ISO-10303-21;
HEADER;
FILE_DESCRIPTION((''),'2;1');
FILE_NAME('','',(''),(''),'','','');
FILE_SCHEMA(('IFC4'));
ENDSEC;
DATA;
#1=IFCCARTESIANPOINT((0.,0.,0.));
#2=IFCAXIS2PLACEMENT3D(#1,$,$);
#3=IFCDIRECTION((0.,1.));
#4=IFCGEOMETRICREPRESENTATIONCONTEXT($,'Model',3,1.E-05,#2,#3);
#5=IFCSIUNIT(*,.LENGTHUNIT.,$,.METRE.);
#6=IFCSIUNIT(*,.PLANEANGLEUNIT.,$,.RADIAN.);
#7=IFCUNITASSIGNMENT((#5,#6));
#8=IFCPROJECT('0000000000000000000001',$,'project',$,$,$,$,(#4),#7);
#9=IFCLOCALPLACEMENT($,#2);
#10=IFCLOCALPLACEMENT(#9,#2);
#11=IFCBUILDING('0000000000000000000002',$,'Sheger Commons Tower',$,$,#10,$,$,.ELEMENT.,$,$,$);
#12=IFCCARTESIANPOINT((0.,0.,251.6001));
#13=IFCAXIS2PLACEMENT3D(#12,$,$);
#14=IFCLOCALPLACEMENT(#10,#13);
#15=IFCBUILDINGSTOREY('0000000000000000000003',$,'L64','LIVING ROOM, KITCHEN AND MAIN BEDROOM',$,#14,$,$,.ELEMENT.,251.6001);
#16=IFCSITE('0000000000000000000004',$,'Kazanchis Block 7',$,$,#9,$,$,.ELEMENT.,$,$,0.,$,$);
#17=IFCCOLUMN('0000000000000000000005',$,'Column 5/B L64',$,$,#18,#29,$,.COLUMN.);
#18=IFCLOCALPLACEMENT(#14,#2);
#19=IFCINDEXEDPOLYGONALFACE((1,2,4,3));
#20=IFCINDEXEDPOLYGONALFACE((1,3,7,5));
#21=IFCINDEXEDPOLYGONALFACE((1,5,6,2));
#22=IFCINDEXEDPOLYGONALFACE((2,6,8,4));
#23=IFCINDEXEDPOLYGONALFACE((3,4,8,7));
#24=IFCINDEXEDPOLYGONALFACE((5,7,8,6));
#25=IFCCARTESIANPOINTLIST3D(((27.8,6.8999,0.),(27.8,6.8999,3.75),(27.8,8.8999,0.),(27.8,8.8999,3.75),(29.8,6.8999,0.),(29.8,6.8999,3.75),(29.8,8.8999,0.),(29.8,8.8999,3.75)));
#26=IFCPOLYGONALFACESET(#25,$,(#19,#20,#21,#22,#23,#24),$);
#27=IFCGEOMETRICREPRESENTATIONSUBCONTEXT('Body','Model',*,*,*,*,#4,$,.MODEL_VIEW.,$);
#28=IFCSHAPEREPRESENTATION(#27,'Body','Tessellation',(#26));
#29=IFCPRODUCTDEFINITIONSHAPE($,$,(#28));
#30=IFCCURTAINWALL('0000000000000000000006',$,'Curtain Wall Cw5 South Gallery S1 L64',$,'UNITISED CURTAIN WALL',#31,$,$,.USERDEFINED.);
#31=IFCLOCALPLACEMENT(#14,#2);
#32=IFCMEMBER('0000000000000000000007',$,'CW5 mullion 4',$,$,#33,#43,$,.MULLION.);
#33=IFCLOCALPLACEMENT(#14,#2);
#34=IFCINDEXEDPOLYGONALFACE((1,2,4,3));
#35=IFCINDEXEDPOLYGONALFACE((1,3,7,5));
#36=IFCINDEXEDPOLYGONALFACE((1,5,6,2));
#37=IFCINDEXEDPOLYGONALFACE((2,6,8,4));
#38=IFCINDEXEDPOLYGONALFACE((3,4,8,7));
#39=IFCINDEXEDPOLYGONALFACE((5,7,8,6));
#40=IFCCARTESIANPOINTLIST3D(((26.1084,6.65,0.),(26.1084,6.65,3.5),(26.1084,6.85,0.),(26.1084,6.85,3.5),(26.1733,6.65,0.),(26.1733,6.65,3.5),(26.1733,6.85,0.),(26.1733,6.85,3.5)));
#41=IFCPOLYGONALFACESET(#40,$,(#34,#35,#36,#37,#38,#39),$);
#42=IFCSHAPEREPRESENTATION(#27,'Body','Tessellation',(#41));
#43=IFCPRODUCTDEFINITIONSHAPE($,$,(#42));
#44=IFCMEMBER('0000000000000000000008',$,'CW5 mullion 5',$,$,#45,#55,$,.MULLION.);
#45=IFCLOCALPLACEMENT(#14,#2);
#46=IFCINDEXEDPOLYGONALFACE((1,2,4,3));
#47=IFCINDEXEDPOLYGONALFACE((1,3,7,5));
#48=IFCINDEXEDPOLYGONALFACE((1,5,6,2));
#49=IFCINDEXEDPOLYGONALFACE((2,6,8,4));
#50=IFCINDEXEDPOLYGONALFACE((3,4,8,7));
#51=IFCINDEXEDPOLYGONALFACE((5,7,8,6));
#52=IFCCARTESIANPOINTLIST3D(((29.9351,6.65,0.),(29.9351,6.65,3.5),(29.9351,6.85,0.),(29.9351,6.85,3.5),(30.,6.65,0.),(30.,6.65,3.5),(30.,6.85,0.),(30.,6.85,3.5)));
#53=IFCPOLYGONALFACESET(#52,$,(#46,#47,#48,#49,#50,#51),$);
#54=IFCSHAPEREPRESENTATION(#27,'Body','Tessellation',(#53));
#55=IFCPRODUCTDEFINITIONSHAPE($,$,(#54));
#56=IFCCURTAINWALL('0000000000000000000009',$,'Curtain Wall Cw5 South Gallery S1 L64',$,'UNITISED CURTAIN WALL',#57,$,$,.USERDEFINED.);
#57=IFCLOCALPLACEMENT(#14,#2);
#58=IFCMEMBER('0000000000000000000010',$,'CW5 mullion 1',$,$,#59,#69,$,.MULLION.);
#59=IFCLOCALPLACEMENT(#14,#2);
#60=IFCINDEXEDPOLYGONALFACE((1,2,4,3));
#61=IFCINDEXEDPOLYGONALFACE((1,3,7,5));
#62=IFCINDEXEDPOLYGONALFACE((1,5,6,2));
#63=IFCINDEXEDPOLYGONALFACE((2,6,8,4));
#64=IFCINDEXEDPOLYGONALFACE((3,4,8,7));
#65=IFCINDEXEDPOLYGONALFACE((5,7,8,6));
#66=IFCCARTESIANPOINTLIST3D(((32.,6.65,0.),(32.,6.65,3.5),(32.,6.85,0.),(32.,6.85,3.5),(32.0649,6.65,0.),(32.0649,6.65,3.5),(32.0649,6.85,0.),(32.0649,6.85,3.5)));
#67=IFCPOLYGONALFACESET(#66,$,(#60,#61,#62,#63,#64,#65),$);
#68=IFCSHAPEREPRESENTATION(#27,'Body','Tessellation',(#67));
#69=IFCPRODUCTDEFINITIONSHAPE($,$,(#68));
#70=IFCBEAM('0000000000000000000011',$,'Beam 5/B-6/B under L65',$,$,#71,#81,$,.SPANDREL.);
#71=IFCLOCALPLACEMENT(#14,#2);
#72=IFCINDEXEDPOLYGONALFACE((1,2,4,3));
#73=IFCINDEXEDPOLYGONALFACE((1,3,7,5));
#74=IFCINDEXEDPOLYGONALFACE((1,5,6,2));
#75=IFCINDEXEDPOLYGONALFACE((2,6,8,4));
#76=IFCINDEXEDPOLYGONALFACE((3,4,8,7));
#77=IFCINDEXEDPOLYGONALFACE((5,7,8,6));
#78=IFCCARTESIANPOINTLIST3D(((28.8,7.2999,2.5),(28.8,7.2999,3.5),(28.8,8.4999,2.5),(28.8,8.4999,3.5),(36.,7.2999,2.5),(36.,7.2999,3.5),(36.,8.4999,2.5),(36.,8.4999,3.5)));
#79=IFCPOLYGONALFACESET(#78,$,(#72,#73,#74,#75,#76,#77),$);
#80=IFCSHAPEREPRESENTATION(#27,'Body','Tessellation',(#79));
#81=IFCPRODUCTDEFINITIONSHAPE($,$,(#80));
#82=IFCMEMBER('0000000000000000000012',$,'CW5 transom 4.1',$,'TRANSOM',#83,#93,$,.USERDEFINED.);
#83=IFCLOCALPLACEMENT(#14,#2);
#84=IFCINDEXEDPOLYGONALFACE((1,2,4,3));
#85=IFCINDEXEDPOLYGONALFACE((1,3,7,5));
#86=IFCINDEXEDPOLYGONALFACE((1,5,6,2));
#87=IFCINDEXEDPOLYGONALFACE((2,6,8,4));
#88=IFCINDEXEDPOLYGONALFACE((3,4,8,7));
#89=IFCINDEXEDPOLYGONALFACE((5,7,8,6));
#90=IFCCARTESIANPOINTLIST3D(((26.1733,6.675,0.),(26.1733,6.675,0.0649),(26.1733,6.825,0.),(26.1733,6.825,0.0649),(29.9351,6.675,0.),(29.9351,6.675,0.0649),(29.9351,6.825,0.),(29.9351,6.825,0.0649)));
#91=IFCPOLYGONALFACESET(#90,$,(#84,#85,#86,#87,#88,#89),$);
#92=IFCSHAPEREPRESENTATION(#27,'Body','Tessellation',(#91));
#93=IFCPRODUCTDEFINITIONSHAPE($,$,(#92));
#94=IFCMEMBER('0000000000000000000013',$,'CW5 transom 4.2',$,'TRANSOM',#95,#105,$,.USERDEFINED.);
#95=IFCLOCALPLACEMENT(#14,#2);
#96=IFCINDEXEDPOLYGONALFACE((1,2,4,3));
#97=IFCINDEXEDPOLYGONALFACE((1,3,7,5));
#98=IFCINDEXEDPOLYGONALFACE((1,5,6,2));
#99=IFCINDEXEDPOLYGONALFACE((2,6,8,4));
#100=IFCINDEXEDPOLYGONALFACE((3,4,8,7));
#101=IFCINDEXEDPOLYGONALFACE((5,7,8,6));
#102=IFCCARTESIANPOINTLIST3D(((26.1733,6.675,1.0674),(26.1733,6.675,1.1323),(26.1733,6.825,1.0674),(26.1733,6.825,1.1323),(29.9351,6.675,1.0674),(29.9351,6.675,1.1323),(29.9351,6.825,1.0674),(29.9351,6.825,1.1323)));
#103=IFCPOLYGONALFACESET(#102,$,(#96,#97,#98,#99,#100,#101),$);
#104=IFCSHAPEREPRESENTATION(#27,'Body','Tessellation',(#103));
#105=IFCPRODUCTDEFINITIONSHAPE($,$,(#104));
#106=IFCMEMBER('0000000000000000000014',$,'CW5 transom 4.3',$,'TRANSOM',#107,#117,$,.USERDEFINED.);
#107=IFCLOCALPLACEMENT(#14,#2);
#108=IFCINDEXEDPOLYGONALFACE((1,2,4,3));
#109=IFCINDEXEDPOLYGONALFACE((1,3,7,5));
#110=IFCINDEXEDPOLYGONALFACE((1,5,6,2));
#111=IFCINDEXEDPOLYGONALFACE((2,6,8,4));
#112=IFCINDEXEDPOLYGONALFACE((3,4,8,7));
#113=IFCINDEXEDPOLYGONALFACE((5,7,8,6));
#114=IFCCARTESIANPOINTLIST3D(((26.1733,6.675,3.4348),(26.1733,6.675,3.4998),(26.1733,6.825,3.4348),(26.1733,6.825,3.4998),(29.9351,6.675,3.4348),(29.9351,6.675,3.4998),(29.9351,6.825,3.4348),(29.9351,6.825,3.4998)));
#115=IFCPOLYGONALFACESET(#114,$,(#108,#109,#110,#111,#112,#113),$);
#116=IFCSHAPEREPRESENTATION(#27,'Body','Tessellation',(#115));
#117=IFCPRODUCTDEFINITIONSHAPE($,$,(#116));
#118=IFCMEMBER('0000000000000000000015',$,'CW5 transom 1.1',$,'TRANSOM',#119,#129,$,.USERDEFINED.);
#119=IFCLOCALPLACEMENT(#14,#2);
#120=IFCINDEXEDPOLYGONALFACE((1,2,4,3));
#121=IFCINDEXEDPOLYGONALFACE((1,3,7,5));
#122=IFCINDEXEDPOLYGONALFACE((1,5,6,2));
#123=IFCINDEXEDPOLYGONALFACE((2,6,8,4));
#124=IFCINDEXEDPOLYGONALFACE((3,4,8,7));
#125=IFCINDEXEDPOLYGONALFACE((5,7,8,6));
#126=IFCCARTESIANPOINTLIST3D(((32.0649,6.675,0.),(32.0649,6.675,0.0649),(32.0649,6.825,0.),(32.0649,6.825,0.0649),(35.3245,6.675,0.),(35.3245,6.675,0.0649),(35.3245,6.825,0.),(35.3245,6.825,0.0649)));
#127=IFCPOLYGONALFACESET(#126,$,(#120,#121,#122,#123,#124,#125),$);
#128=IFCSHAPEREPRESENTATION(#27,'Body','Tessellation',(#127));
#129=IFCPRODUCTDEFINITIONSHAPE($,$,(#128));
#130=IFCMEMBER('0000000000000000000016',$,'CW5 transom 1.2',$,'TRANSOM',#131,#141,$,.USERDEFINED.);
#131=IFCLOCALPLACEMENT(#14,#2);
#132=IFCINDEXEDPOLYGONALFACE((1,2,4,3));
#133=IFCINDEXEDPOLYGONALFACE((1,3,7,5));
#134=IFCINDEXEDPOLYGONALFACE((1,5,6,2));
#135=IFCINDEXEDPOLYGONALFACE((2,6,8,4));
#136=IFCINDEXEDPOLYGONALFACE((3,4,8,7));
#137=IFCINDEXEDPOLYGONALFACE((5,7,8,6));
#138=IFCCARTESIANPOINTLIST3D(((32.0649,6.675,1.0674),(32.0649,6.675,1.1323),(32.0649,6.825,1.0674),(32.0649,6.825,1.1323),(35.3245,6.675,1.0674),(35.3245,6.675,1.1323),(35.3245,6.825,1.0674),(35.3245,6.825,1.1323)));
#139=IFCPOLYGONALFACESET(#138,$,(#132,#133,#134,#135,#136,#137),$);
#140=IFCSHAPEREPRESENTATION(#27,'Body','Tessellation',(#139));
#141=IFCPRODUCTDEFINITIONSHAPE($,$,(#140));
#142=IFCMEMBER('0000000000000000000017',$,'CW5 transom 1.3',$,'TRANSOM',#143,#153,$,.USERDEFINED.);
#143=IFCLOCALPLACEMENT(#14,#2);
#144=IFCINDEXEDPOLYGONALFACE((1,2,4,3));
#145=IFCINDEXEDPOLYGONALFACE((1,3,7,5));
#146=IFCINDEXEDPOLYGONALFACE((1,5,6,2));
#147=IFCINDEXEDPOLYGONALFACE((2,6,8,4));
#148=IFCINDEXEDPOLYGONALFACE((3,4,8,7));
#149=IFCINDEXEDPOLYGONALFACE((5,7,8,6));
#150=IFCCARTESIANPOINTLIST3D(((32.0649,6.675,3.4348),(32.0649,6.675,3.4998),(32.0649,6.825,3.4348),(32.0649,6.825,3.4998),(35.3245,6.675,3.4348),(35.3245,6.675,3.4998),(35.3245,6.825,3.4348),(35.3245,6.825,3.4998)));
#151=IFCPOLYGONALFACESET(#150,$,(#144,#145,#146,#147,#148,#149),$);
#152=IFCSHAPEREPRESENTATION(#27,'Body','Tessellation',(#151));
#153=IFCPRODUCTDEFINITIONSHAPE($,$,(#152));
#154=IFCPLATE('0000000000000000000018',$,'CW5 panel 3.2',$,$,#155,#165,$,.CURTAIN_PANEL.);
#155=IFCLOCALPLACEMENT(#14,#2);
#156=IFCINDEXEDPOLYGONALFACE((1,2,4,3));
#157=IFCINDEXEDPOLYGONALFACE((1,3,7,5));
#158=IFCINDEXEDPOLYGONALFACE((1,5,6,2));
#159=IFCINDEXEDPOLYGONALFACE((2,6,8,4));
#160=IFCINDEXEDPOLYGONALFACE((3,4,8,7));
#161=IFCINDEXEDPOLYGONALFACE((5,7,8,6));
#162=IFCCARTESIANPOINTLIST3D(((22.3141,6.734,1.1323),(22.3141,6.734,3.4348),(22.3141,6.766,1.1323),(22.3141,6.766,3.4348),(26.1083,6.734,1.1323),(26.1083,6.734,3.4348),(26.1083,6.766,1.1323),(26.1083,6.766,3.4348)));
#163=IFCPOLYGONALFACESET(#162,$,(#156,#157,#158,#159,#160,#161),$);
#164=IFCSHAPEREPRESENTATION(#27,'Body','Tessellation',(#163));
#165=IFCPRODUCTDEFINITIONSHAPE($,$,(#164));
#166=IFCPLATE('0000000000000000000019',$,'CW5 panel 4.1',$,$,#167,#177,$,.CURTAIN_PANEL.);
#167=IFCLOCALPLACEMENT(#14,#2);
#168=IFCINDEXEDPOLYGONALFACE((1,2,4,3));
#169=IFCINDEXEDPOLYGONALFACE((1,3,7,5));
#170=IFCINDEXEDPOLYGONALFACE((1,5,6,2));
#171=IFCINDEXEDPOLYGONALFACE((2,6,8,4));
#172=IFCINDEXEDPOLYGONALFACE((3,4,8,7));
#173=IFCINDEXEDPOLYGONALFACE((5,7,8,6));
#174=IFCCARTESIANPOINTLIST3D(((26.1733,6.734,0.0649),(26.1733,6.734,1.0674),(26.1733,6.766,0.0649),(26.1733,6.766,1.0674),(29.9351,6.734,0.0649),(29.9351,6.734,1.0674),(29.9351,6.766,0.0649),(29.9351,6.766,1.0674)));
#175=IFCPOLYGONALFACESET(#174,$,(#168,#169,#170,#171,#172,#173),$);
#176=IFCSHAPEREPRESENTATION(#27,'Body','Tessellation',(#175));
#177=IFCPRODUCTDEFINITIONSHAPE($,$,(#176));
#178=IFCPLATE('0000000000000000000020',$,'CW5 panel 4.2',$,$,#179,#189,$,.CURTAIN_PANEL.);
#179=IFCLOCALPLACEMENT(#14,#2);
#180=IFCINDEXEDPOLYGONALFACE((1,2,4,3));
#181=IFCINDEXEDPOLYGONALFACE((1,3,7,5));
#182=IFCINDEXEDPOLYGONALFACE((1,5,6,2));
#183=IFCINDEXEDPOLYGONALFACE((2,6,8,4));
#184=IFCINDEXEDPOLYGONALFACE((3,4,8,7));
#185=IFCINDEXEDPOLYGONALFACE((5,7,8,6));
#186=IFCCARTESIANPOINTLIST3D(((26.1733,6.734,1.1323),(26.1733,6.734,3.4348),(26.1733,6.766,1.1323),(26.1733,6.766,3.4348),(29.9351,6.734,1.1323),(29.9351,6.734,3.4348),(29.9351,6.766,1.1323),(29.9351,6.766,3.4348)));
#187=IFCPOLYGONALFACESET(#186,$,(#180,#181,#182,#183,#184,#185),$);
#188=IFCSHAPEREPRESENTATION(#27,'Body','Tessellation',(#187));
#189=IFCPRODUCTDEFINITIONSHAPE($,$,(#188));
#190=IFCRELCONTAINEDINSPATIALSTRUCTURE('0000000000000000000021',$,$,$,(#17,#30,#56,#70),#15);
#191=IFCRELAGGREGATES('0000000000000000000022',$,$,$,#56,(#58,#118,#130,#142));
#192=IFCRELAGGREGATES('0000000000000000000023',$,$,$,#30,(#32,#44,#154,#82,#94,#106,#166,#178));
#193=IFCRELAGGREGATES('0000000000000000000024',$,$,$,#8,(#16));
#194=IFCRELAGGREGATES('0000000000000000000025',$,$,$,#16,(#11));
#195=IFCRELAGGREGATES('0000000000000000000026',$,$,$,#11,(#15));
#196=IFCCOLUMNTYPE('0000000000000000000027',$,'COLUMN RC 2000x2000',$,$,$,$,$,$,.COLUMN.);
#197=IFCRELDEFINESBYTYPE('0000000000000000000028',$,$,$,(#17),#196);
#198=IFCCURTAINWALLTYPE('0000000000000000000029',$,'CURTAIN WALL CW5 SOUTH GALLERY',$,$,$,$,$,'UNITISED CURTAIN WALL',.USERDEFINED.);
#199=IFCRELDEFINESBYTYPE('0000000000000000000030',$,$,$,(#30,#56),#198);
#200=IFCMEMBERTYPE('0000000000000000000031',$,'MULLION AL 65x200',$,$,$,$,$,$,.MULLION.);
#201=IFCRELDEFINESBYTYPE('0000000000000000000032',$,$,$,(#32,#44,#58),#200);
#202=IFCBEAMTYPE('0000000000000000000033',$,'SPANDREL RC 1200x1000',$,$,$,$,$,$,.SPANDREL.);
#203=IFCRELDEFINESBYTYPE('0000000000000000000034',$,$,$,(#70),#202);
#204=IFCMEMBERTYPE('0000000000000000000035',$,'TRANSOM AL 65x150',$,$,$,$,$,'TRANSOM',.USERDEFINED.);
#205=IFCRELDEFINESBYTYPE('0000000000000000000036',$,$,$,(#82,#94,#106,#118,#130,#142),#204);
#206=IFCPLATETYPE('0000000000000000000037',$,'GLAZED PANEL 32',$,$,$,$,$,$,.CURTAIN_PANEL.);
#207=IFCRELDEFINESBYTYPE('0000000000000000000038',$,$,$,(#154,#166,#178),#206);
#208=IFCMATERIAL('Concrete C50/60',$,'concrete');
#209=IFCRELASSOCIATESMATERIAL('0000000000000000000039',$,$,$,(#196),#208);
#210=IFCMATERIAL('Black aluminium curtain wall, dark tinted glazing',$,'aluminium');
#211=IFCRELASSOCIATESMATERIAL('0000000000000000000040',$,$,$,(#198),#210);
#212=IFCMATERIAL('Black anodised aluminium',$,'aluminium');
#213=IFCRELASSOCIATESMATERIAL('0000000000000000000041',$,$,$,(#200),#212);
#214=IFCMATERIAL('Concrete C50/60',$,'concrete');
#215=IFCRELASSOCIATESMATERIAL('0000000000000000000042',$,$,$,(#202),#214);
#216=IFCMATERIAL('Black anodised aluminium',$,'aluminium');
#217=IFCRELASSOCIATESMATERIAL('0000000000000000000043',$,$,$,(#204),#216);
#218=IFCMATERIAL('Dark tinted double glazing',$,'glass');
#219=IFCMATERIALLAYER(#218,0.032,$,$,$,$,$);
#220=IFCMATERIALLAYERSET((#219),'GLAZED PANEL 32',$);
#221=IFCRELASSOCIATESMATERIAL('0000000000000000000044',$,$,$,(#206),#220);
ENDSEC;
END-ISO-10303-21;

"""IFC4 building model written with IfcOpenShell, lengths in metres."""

from ifc_helpers import new_model, si_unit, direction, frame, origin, origin_2d, place, context, subcontext, project, spatial, rectangle, extrude, material, layer, layer_set, material_profile, profile_set, type_object, element, aggregate, save


model = new_model("IFC4")

# Units and contexts
model_context = context("Model", 3, precision=1e-05, world=origin(), true_north=direction((0.0, 1.0)))
body_context = subcontext(model_context, "Body", "Model", "MODEL_VIEW")
ifc_project = project(units=[si_unit("LENGTHUNIT", "METRE"), si_unit("PLANEANGLEUNIT", "RADIAN")], contexts=[model_context])

# Site, building, storey
site_placement = place(None, origin())
site = spatial("IfcSite", under=ifc_project, at=site_placement, Name="Kazanchis Block 7", CompositionType="ELEMENT", RefElevation=0.0)
building_placement = place(site_placement, origin())
building = spatial("IfcBuilding", under=site, at=building_placement, Name="Sheger Commons Tower", CompositionType="ELEMENT")
storey_placement = place(building_placement, frame((0.0, 0.0, 251.6001)))
storey = spatial("IfcBuildingStorey", under=building, at=storey_placement, Name="L64", Description="LIVING ROOM, KITCHEN AND MAIN BEDROOM", CompositionType="ELEMENT", Elevation=251.6001)

# Column
ifc_material_1 = material(Name="Concrete C50/60", Category="concrete")
ifc_material_profile_1 = material_profile(ifc_material_1, rectangle(XDim=2.0, YDim=2.0, at=origin_2d()), Name="RC 2000x2000")
ifc_profile_set_1 = profile_set([ifc_material_profile_1], Name="Concrete C50/60")
column_type = type_object("IfcColumnType", Name="COLUMN RC 2000x2000", PredefinedType="COLUMN", material=ifc_profile_set_1)
column_placement = place(storey_placement, frame((28.8, 7.8999, 0.0), z_axis=(0.0, 0.0, 1.0), x_axis=(1.0, 0.0, 0.0)))
element("IfcColumn", 1, at=column_placement, inside=storey, type_object=column_type, Name="Column 5/B L64", PredefinedType="COLUMN", context=body_context, shape_type="SweptSolid", body=[
    extrude(rectangle(XDim=2.0, YDim=2.0, at=origin_2d()), origin(), (0.0, 0.0, 1.0), 3.75),
])

# Curtain wall, members
ifc_material_2 = material(Name="Black aluminium curtain wall, dark tinted glazing", Category="aluminium")
curtain_wall_type = type_object("IfcCurtainWallType", Name="CURTAIN WALL CW5 SOUTH GALLERY", ElementType="UNITISED CURTAIN WALL", PredefinedType="USERDEFINED", material=ifc_material_2)
curtain_wall_1_placement = place(storey_placement, origin())
curtain_wall_1 = element("IfcCurtainWall", 2, at=curtain_wall_1_placement, inside=storey, type_object=curtain_wall_type, Name="Curtain Wall Cw5 South Gallery S1 L64", ObjectType="UNITISED CURTAIN WALL", PredefinedType="USERDEFINED")
ifc_material_3 = material(Name="Black anodised aluminium", Category="aluminium")
ifc_material_profile_2 = material_profile(ifc_material_3, rectangle(XDim=0.2, YDim=0.0649, at=origin_2d()), Name="AL 65x200")
ifc_profile_set_2 = profile_set([ifc_material_profile_2], Name="Black anodised aluminium")
member_type_1 = type_object("IfcMemberType", Name="MULLION AL 65x200", PredefinedType="MULLION", material=ifc_profile_set_2)
member_1_placement = place(storey_placement, frame((26.1409, 6.75, 0.0), z_axis=(0.0, 0.0, 1.0), x_axis=(0.0, 1.0, 0.0)))
member_1 = element("IfcMember", 3, at=member_1_placement, type_object=member_type_1, Name="CW5 mullion 4", PredefinedType="MULLION", context=body_context, shape_type="SweptSolid", body=[
    extrude(rectangle(XDim=0.2, YDim=0.0649, at=origin_2d()), origin(), (0.0, 0.0, 1.0), 3.5),
])
member_2_placement = place(storey_placement, frame((29.9675, 6.75, 0.0), z_axis=(0.0, 0.0, 1.0), x_axis=(0.0, 1.0, 0.0)))
member_2 = element("IfcMember", 4, at=member_2_placement, type_object=member_type_1, Name="CW5 mullion 5", PredefinedType="MULLION", context=body_context, shape_type="SweptSolid", body=[
    extrude(rectangle(XDim=0.2, YDim=0.0649, at=origin_2d()), origin(), (0.0, 0.0, 1.0), 3.5),
])

# Curtain wall, member
curtain_wall_2_placement = place(storey_placement, origin())
curtain_wall_2 = element("IfcCurtainWall", 5, at=curtain_wall_2_placement, inside=storey, type_object=curtain_wall_type, Name="Curtain Wall Cw5 South Gallery S1 L64", ObjectType="UNITISED CURTAIN WALL", PredefinedType="USERDEFINED")
member_3_placement = place(storey_placement, frame((32.0325, 6.75, 0.0), z_axis=(0.0, 0.0, 1.0), x_axis=(0.0, 1.0, 0.0)))
member_3 = element("IfcMember", 6, at=member_3_placement, type_object=member_type_1, Name="CW5 mullion 1", PredefinedType="MULLION", context=body_context, shape_type="SweptSolid", body=[
    extrude(rectangle(XDim=0.2, YDim=0.0649, at=origin_2d()), origin(), (0.0, 0.0, 1.0), 3.5),
])

# Beam
ifc_material_4 = material(Name="Concrete C50/60", Category="concrete")
ifc_material_profile_3 = material_profile(ifc_material_4, rectangle(XDim=1.2, YDim=1.0, at=origin_2d()), Name="RC 1200x1000")
ifc_profile_set_3 = profile_set([ifc_material_profile_3], Name="Concrete C50/60")
beam_type = type_object("IfcBeamType", Name="SPANDREL RC 1200x1000", PredefinedType="SPANDREL", material=ifc_profile_set_3)
beam_placement = place(storey_placement, frame((28.8, 7.8999, 3.0), z_axis=(1.0, 0.0, 0.0), x_axis=(0.0, 1.0, 0.0)))
element("IfcBeam", 7, at=beam_placement, inside=storey, type_object=beam_type, Name="Beam 5/B-6/B under L65", PredefinedType="SPANDREL", context=body_context, shape_type="SweptSolid", body=[
    extrude(rectangle(XDim=1.2, YDim=1.0, at=origin_2d()), origin(), (0.0, 0.0, 1.0), 7.2),
])

# Members
ifc_material_5 = material(Name="Black anodised aluminium", Category="aluminium")
ifc_material_profile_4 = material_profile(ifc_material_5, rectangle(XDim=0.1499, YDim=0.0649, at=origin_2d()), Name="AL 65x150")
ifc_profile_set_4 = profile_set([ifc_material_profile_4], Name="Black anodised aluminium")
member_type_2 = type_object("IfcMemberType", Name="TRANSOM AL 65x150", ElementType="TRANSOM", PredefinedType="USERDEFINED", material=ifc_profile_set_4)
member_4_placement = place(storey_placement, frame((26.1733, 6.75, 0.0325), z_axis=(1.0, 0.0, 0.0), x_axis=(0.0, 1.0, 0.0)))
member_4 = element("IfcMember", 8, at=member_4_placement, type_object=member_type_2, Name="CW5 transom 4.1", ObjectType="TRANSOM", PredefinedType="USERDEFINED", context=body_context, shape_type="SweptSolid", body=[
    extrude(rectangle(XDim=0.1499, YDim=0.0649, at=origin_2d()), origin(), (0.0, 0.0, 1.0), 3.7617),
])
member_5_placement = place(storey_placement, frame((26.1733, 6.75, 1.0999), z_axis=(1.0, 0.0, 0.0), x_axis=(0.0, 1.0, 0.0)))
member_5 = element("IfcMember", 9, at=member_5_placement, type_object=member_type_2, Name="CW5 transom 4.2", ObjectType="TRANSOM", PredefinedType="USERDEFINED", context=body_context, shape_type="SweptSolid", body=[
    extrude(rectangle(XDim=0.1499, YDim=0.0649, at=origin_2d()), origin(), (0.0, 0.0, 1.0), 3.7617),
])
member_6_placement = place(storey_placement, frame((26.1733, 6.75, 3.4673), z_axis=(1.0, 0.0, 0.0), x_axis=(0.0, 1.0, 0.0)))
member_6 = element("IfcMember", 10, at=member_6_placement, type_object=member_type_2, Name="CW5 transom 4.3", ObjectType="TRANSOM", PredefinedType="USERDEFINED", context=body_context, shape_type="SweptSolid", body=[
    extrude(rectangle(XDim=0.1499, YDim=0.0649, at=origin_2d()), origin(), (0.0, 0.0, 1.0), 3.7617),
])
member_7_placement = place(storey_placement, frame((32.0649, 6.75, 0.0325), z_axis=(1.0, 0.0, 0.0), x_axis=(0.0, 1.0, 0.0)))
member_7 = element("IfcMember", 11, at=member_7_placement, type_object=member_type_2, Name="CW5 transom 1.1", ObjectType="TRANSOM", PredefinedType="USERDEFINED", context=body_context, shape_type="SweptSolid", body=[
    extrude(rectangle(XDim=0.1499, YDim=0.0649, at=origin_2d()), origin(), (0.0, 0.0, 1.0), 3.2595),
])
member_8_placement = place(storey_placement, frame((32.0649, 6.75, 1.0999), z_axis=(1.0, 0.0, 0.0), x_axis=(0.0, 1.0, 0.0)))
member_8 = element("IfcMember", 12, at=member_8_placement, type_object=member_type_2, Name="CW5 transom 1.2", ObjectType="TRANSOM", PredefinedType="USERDEFINED", context=body_context, shape_type="SweptSolid", body=[
    extrude(rectangle(XDim=0.1499, YDim=0.0649, at=origin_2d()), origin(), (0.0, 0.0, 1.0), 3.2595),
])
member_9_placement = place(storey_placement, frame((32.0649, 6.75, 3.4673), z_axis=(1.0, 0.0, 0.0), x_axis=(0.0, 1.0, 0.0)))
member_9 = element("IfcMember", 13, at=member_9_placement, type_object=member_type_2, Name="CW5 transom 1.3", ObjectType="TRANSOM", PredefinedType="USERDEFINED", context=body_context, shape_type="SweptSolid", body=[
    extrude(rectangle(XDim=0.1499, YDim=0.0649, at=origin_2d()), origin(), (0.0, 0.0, 1.0), 3.2595),
])
aggregate(curtain_wall_2, [member_3, member_7, member_8, member_9])

# Plates
ifc_material_6 = material(Name="Dark tinted double glazing", Category="glass")
ifc_layer_1 = layer(ifc_material_6, 0.032)
ifc_layer_set_1 = layer_set([ifc_layer_1], Name="GLAZED PANEL 32")
plate_type = type_object("IfcPlateType", Name="GLAZED PANEL 32", PredefinedType="CURTAIN_PANEL", material=ifc_layer_set_1)
plate_1_placement = place(storey_placement, frame((24.2112, 6.75, 1.1323), z_axis=(0.0, 0.0, 1.0), x_axis=(1.0, 0.0, 0.0)))
plate_1 = element("IfcPlate", 14, at=plate_1_placement, type_object=plate_type, Name="CW5 panel 3.2", PredefinedType="CURTAIN_PANEL", context=body_context, shape_type="SweptSolid", body=[
    extrude(rectangle(XDim=3.7942, YDim=0.032, at=origin_2d()), origin(), (0.0, 0.0, 1.0), 2.3025),
])
plate_2_placement = place(storey_placement, frame((28.0542, 6.75, 0.0649), z_axis=(0.0, 0.0, 1.0), x_axis=(1.0, 0.0, 0.0)))
plate_2 = element("IfcPlate", 15, at=plate_2_placement, type_object=plate_type, Name="CW5 panel 4.1", PredefinedType="CURTAIN_PANEL", context=body_context, shape_type="SweptSolid", body=[
    extrude(rectangle(XDim=3.7617, YDim=0.032, at=origin_2d()), origin(), (0.0, 0.0, 1.0), 1.0024),
])
plate_3_placement = place(storey_placement, frame((28.0542, 6.75, 1.1323), z_axis=(0.0, 0.0, 1.0), x_axis=(1.0, 0.0, 0.0)))
plate_3 = element("IfcPlate", 16, at=plate_3_placement, type_object=plate_type, Name="CW5 panel 4.2", PredefinedType="CURTAIN_PANEL", context=body_context, shape_type="SweptSolid", body=[
    extrude(rectangle(XDim=3.7617, YDim=0.032, at=origin_2d()), origin(), (0.0, 0.0, 1.0), 2.3025),
])
aggregate(curtain_wall_1, [member_1, member_2, plate_1, member_4, member_5, member_6, plate_2, plate_3])

save(model, "model.ifc")
